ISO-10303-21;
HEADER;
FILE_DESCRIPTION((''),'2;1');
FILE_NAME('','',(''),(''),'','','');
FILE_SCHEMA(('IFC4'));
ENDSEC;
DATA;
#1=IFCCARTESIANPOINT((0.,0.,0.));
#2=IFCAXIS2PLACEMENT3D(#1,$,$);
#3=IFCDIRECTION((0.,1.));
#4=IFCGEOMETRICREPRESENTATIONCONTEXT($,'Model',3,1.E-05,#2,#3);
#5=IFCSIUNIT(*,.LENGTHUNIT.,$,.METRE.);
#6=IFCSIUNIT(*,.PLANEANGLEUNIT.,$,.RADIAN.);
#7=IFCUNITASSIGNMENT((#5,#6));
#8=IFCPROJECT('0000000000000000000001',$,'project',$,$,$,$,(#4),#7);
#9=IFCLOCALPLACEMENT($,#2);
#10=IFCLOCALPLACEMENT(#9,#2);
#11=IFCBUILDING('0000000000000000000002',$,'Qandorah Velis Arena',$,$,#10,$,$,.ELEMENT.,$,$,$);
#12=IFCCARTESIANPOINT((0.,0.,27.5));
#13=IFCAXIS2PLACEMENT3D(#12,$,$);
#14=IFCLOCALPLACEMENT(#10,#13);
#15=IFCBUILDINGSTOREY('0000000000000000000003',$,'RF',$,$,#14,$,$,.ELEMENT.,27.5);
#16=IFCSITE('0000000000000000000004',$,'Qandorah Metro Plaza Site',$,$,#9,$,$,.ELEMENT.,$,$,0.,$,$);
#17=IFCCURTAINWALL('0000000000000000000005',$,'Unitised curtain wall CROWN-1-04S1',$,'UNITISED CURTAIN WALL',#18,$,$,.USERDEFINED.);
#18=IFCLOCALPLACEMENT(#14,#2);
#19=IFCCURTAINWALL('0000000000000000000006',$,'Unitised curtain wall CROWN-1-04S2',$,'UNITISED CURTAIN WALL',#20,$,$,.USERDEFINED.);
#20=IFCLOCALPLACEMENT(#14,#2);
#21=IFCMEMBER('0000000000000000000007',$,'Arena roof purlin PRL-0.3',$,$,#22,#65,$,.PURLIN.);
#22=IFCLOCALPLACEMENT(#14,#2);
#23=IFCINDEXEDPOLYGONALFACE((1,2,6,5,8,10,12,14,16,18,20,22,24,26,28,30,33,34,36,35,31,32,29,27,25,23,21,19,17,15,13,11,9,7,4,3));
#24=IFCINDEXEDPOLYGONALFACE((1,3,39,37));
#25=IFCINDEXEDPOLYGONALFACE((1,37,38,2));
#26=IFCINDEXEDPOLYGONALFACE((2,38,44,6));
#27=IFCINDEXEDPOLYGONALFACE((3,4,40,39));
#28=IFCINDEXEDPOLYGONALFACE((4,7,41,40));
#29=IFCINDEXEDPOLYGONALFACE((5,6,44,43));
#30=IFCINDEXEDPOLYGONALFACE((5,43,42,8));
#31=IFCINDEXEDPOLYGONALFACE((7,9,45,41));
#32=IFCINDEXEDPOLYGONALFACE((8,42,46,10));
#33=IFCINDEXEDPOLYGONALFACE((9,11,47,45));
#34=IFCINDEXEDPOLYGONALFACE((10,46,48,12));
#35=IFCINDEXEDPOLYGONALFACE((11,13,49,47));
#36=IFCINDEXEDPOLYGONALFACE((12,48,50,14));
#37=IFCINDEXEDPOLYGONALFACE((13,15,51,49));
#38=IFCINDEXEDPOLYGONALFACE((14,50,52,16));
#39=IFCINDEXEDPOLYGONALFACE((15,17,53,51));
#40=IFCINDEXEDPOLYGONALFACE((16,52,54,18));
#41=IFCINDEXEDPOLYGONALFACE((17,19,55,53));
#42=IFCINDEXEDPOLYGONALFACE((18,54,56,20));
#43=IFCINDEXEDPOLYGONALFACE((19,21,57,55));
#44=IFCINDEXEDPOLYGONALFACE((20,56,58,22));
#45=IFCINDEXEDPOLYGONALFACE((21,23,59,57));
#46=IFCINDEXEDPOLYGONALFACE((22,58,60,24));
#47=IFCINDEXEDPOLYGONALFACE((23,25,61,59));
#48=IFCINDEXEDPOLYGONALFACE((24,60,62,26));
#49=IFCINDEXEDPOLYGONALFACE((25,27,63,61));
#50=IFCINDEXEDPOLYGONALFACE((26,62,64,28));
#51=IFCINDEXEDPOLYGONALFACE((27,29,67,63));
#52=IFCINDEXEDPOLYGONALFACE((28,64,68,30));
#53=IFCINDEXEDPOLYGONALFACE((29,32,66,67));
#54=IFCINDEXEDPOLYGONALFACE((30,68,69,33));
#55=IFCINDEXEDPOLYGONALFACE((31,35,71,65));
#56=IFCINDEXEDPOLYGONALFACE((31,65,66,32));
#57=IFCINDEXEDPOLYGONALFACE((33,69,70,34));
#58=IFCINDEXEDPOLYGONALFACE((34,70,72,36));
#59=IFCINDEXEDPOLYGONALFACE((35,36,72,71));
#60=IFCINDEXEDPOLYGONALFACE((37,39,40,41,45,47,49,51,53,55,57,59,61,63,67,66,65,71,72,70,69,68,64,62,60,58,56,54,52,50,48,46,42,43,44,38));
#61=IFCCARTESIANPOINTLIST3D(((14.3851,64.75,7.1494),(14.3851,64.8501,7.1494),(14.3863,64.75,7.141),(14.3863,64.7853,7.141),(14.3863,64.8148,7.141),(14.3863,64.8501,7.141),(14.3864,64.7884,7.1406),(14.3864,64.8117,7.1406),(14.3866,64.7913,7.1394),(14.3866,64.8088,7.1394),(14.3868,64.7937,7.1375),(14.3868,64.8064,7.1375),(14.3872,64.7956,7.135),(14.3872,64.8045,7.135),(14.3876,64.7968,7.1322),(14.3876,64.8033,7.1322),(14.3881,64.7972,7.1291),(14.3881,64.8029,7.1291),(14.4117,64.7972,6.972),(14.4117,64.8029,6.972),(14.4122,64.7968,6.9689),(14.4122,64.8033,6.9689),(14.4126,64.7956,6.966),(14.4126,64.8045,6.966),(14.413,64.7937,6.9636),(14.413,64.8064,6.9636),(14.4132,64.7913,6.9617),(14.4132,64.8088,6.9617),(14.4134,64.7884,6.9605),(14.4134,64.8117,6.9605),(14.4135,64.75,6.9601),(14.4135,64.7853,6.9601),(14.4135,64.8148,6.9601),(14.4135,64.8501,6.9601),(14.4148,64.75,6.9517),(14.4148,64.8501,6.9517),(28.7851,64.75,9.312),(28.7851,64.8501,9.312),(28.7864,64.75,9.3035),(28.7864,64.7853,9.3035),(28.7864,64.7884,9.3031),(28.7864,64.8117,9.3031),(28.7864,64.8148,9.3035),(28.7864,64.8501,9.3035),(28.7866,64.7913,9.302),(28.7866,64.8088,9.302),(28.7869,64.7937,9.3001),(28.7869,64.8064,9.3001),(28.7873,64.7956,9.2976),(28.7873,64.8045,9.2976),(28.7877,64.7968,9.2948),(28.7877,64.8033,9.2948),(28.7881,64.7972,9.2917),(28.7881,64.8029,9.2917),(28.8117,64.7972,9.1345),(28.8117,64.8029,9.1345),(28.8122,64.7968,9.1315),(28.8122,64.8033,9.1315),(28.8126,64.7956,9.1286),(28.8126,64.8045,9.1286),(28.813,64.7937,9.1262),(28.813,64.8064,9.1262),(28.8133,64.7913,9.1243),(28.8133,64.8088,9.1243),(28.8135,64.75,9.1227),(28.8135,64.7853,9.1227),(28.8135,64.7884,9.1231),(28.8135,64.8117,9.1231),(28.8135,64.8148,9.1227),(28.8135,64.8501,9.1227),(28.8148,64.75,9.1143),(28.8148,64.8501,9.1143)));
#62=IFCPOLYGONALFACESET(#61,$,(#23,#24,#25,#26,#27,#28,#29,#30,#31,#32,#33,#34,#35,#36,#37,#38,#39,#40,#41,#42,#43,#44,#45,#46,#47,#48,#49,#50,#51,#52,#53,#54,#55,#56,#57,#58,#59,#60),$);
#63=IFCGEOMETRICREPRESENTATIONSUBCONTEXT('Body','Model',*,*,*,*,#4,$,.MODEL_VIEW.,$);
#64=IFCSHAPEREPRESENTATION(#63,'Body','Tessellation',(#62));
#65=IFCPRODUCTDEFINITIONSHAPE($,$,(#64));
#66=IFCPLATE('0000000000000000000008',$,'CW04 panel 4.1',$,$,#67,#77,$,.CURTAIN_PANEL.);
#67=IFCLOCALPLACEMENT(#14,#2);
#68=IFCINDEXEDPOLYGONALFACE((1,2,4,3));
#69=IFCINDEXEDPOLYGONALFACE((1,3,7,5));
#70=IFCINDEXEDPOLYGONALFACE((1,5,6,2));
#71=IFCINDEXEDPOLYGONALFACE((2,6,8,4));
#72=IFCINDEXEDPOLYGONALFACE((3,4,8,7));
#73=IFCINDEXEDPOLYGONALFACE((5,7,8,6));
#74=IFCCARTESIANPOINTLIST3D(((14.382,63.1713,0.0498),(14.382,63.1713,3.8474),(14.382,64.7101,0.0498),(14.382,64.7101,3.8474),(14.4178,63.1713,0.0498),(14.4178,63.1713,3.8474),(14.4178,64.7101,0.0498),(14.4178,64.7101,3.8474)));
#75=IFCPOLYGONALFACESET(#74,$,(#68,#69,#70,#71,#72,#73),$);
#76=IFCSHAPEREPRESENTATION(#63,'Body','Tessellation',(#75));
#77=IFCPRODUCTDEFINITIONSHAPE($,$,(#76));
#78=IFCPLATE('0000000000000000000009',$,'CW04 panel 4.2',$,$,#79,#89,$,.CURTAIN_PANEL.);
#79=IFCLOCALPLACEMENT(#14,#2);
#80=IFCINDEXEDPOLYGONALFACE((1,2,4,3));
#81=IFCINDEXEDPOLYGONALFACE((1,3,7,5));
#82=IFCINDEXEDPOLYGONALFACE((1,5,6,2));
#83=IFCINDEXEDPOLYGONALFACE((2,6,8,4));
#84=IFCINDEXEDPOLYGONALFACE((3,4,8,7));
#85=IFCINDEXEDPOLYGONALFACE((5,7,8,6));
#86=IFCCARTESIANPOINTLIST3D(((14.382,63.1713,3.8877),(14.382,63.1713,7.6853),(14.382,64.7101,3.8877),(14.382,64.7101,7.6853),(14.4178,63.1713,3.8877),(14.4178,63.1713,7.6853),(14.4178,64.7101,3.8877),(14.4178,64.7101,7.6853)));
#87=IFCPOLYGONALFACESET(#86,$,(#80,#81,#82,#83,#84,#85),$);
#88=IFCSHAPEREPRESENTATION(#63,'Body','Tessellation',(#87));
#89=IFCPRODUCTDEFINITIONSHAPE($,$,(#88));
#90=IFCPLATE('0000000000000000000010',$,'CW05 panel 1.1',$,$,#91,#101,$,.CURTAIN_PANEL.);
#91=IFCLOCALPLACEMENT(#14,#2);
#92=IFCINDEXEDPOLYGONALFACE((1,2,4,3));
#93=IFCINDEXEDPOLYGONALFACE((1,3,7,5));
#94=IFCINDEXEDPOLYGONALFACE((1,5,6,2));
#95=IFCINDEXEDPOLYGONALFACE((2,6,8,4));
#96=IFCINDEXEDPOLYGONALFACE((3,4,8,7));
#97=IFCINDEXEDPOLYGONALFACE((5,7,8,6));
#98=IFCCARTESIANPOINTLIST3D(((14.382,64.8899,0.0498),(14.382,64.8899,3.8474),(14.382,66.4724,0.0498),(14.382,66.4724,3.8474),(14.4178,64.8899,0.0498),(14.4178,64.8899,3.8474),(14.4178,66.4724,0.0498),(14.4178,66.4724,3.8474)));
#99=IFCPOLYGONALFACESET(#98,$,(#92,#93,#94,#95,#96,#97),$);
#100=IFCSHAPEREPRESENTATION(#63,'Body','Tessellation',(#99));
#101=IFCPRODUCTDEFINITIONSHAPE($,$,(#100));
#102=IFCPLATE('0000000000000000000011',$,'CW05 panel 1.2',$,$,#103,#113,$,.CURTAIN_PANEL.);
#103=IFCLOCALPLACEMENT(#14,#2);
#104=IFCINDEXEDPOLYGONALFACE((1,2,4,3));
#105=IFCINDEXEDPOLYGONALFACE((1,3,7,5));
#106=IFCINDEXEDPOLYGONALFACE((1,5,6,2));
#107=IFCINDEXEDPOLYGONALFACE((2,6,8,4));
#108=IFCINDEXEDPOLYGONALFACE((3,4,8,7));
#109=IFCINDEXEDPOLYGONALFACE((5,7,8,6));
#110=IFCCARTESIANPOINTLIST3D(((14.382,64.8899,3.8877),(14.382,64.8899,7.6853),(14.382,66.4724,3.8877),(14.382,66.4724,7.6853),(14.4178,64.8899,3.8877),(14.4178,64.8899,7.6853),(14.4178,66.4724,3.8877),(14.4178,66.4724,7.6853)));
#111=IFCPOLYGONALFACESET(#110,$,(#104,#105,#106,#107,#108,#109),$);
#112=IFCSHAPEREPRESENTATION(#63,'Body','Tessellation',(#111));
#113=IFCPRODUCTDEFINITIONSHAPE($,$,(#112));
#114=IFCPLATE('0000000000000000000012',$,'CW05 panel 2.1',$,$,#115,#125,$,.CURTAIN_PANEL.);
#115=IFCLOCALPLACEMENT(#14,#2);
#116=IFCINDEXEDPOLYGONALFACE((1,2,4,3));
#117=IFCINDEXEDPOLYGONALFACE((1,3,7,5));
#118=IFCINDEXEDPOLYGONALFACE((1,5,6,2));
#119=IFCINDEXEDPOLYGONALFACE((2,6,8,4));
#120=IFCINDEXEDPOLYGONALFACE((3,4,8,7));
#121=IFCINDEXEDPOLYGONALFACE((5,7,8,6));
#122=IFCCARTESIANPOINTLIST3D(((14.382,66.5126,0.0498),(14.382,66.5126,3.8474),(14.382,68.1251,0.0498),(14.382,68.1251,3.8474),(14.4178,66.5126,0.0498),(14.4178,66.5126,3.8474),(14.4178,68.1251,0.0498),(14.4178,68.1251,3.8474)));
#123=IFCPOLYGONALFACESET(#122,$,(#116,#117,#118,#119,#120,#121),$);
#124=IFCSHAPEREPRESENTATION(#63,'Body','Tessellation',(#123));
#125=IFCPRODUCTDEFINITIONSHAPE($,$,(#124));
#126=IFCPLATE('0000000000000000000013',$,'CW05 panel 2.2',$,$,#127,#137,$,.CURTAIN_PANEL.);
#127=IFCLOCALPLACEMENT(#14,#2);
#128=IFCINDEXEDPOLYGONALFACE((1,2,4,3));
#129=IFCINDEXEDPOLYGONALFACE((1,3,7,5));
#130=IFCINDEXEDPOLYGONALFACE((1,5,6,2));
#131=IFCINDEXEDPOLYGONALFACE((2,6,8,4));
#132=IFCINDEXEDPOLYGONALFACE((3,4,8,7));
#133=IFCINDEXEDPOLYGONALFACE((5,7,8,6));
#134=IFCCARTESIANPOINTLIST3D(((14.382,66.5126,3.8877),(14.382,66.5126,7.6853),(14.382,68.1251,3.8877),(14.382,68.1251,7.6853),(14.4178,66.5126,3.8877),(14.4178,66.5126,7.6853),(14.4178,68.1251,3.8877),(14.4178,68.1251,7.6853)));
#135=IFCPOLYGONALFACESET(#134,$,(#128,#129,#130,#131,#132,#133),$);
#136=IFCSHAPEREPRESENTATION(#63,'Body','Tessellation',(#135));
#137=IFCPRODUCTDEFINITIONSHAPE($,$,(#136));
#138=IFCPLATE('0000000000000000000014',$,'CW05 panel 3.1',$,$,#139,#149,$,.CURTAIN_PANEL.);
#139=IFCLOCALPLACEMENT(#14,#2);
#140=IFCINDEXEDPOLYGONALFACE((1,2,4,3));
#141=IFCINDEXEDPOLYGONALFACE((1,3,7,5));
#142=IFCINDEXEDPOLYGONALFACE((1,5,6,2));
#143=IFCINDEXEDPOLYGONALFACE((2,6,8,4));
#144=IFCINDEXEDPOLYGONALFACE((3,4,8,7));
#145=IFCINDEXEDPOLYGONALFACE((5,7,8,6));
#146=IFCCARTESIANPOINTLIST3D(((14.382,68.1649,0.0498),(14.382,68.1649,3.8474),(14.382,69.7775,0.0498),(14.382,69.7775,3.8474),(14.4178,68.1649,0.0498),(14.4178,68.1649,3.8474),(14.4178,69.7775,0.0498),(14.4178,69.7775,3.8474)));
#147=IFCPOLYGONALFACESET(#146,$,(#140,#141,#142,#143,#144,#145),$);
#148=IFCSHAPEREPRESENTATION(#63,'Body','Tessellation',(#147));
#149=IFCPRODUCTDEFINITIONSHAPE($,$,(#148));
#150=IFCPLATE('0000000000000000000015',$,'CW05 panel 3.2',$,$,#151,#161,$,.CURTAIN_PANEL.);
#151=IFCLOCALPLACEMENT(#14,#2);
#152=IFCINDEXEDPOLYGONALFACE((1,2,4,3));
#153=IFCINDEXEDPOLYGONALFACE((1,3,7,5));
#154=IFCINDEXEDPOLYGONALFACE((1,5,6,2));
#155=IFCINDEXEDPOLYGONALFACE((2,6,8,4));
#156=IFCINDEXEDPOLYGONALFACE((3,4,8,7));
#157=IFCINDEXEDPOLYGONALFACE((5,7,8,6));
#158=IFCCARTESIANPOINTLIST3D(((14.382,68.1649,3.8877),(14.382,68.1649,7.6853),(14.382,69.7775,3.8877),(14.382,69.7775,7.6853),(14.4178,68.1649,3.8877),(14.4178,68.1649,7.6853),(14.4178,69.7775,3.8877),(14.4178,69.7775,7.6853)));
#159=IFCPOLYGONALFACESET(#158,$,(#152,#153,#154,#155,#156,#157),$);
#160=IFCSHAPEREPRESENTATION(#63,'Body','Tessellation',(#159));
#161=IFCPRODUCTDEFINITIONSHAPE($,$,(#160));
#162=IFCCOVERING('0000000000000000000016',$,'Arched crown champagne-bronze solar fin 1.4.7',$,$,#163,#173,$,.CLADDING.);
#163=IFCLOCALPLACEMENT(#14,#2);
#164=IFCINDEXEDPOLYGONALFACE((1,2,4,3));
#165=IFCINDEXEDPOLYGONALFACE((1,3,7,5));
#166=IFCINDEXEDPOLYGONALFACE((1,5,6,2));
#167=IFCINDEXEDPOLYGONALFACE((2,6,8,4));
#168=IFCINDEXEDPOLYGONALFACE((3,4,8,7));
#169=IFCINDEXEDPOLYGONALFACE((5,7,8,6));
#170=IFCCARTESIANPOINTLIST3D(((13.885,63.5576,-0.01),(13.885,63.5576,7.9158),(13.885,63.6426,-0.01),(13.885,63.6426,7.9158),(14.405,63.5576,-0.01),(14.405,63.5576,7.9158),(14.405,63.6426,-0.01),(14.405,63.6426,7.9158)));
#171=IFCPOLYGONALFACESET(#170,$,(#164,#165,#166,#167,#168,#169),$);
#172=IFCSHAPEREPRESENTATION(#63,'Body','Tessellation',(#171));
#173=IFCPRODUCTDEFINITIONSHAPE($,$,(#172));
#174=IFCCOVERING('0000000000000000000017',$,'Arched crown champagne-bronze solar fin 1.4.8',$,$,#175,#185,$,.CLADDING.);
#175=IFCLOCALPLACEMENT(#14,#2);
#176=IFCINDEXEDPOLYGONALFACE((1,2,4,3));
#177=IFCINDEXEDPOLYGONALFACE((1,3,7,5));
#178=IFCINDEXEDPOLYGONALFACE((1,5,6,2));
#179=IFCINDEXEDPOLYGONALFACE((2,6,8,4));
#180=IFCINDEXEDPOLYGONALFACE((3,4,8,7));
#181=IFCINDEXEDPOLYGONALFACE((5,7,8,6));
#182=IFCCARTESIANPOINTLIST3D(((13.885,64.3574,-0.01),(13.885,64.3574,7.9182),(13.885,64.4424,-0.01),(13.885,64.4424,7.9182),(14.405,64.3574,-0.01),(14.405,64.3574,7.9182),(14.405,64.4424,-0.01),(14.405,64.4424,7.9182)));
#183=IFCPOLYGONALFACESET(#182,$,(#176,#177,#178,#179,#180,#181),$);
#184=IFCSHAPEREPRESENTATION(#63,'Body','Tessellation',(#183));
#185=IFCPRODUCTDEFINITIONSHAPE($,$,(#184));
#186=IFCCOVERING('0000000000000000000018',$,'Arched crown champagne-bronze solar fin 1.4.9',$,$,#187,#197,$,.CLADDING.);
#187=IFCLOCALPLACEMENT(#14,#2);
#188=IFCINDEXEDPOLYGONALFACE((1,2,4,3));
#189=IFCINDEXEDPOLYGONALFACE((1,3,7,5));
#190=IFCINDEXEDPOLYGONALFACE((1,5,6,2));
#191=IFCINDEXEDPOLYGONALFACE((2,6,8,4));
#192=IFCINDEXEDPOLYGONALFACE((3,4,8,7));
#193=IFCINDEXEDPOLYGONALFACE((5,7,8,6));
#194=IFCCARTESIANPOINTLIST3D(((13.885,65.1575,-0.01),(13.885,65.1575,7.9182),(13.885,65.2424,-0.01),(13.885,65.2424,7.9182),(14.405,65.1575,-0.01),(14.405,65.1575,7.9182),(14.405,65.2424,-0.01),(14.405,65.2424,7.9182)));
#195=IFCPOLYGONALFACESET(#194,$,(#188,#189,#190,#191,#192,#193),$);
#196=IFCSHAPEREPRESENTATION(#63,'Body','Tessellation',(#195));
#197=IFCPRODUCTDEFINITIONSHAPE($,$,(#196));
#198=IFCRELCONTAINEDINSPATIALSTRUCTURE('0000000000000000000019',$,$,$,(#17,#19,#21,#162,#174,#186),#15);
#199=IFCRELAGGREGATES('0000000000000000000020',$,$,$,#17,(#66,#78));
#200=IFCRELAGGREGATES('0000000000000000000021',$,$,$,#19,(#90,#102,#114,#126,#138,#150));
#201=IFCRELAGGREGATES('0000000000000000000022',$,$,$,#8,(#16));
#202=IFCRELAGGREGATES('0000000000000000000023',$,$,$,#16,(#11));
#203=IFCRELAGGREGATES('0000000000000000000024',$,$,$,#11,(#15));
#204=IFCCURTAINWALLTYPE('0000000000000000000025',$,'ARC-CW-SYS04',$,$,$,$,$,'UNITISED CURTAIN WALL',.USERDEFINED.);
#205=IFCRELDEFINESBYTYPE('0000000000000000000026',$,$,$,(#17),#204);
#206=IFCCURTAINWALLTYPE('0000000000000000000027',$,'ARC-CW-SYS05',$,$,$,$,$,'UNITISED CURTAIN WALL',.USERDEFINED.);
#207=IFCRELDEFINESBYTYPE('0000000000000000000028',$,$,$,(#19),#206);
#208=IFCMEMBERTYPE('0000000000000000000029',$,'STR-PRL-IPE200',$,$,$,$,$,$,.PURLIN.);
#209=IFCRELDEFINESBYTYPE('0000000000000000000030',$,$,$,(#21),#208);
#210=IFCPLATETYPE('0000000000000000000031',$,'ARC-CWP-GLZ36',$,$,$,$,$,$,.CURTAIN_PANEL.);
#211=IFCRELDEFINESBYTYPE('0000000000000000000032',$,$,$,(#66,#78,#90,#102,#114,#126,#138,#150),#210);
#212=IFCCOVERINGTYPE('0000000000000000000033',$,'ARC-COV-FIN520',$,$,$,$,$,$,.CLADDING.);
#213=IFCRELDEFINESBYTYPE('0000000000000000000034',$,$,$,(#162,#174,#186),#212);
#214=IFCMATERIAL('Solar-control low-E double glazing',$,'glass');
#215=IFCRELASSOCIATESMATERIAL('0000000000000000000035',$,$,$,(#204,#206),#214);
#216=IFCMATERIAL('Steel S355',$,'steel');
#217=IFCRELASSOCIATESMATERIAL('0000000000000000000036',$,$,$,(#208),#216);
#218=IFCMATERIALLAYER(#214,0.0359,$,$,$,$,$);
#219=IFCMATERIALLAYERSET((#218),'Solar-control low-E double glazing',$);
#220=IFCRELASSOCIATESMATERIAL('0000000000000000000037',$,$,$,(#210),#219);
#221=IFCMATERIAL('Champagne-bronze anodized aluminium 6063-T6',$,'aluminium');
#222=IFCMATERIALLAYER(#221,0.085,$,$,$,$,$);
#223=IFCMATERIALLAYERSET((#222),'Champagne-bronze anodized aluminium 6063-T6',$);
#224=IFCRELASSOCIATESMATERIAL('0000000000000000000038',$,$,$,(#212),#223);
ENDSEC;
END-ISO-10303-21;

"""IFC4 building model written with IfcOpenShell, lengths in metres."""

from ifc_helpers import new_model, si_unit, direction, frame, origin, origin_2d, place, context, subcontext, project, spatial, rectangle, i_section, extrude, material, layer, layer_set, material_profile, profile_set, type_object, element, aggregate, save


model = new_model("IFC4")

# Units and contexts
model_context = context("Model", 3, precision=1e-05, world=origin(), true_north=direction((0.0, 1.0)))
body_context = subcontext(model_context, "Body", "Model", "MODEL_VIEW")
ifc_project = project(units=[si_unit("LENGTHUNIT", "METRE"), si_unit("PLANEANGLEUNIT", "RADIAN")], contexts=[model_context])

# Site, building, storey
site_placement = place(None, origin())
site = spatial("IfcSite", under=ifc_project, at=site_placement, Name="Qandorah Metro Plaza Site", CompositionType="ELEMENT", RefElevation=0.0)
building_placement = place(site_placement, origin())
building = spatial("IfcBuilding", under=site, at=building_placement, Name="Qandorah Velis Arena", CompositionType="ELEMENT")
storey_placement = place(building_placement, frame((0.0, 0.0, 27.5)))
storey = spatial("IfcBuildingStorey", under=building, at=storey_placement, Name="RF", CompositionType="ELEMENT", Elevation=27.5)

# Curtain wall
ifc_material_1 = material(Name="Solar-control low-E double glazing", Category="glass")
curtain_wall_type_1 = type_object("IfcCurtainWallType", Name="ARC-CW-SYS04", ElementType="UNITISED CURTAIN WALL", PredefinedType="USERDEFINED", material=ifc_material_1)
curtain_wall_1_placement = place(storey_placement, origin())
curtain_wall_1 = element("IfcCurtainWall", 1, at=curtain_wall_1_placement, inside=storey, type_object=curtain_wall_type_1, Name="Unitised curtain wall CROWN-1-04S1", ObjectType="UNITISED CURTAIN WALL", PredefinedType="USERDEFINED")
ifc_material_2 = material(Name="Champagne-bronze anodized aluminium 6063-T6", Category="aluminium")

# Curtain wall
curtain_wall_type_2 = type_object("IfcCurtainWallType", Name="ARC-CW-SYS05", ElementType="UNITISED CURTAIN WALL", PredefinedType="USERDEFINED", material=ifc_material_1)
curtain_wall_2_placement = place(storey_placement, origin())
curtain_wall_2 = element("IfcCurtainWall", 2, at=curtain_wall_2_placement, inside=storey, type_object=curtain_wall_type_2, Name="Unitised curtain wall CROWN-1-04S2", ObjectType="UNITISED CURTAIN WALL", PredefinedType="USERDEFINED")

# Shared definitions
ifc_material_3 = material(Name="Steel S355", Category="steel")

# Member
ifc_material_profile_1 = material_profile(ifc_material_3, i_section(OverallWidth=0.1001, OverallDepth=0.2, WebThickness=0.0056, FlangeThickness=0.0085, FilletRadius=0.012, at=origin_2d()), Name="IPE 200")
ifc_profile_set_1 = profile_set([ifc_material_profile_1], Name="Steel S355")
member_type_1 = type_object("IfcMemberType", Name="STR-PRL-IPE200", PredefinedType="PURLIN", material=ifc_profile_set_1)
member_1_placement = place(storey_placement, frame((14.3999, 64.8, 7.0505), z_axis=(0.98891, 0.0, 0.148513), x_axis=(0.0, 1.0, 0.0)))
element("IfcMember", 3, at=member_1_placement, inside=storey, type_object=member_type_1, Name="Arena roof purlin PRL-0.3", PredefinedType="PURLIN", context=body_context, shape_type="SweptSolid", body=[
    extrude(i_section(OverallWidth=0.1001, OverallDepth=0.2, WebThickness=0.0056, FlangeThickness=0.0085, FilletRadius=0.012, at=origin_2d()), origin(), (0.0, 0.0, 1.0), 14.5615),
])

# Plates
ifc_layer_1 = layer(ifc_material_1, 0.0359)
ifc_layer_set_1 = layer_set([ifc_layer_1], Name="Solar-control low-E double glazing")
plate_type = type_object("IfcPlateType", Name="ARC-CWP-GLZ36", PredefinedType="CURTAIN_PANEL", material=ifc_layer_set_1)
plate_1_placement = place(storey_placement, frame((14.3999, 63.9407, 0.0498), z_axis=(0.0, 0.0, 1.0), x_axis=(0.0, 1.0, 0.0)))
plate_1 = element("IfcPlate", 4, at=plate_1_placement, type_object=plate_type, Name="CW04 panel 4.1", PredefinedType="CURTAIN_PANEL", context=body_context, shape_type="SweptSolid", body=[
    extrude(rectangle(XDim=1.5388, YDim=0.0359, at=origin_2d()), origin(), (0.0, 0.0, 1.0), 3.7976),
])
plate_2_placement = place(storey_placement, frame((14.3999, 63.9407, 3.8877), z_axis=(0.0, 0.0, 1.0), x_axis=(0.0, 1.0, 0.0)))
plate_2 = element("IfcPlate", 5, at=plate_2_placement, type_object=plate_type, Name="CW04 panel 4.2", PredefinedType="CURTAIN_PANEL", context=body_context, shape_type="SweptSolid", body=[
    extrude(rectangle(XDim=1.5388, YDim=0.0359, at=origin_2d()), origin(), (0.0, 0.0, 1.0), 3.7976),
])
aggregate(curtain_wall_1, [plate_1, plate_2])
plate_3_placement = place(storey_placement, frame((14.3999, 65.6812, 0.0498), z_axis=(0.0, 0.0, 1.0), x_axis=(0.0, 1.0, 0.0)))
plate_3 = element("IfcPlate", 6, at=plate_3_placement, type_object=plate_type, Name="CW05 panel 1.1", PredefinedType="CURTAIN_PANEL", context=body_context, shape_type="SweptSolid", body=[
    extrude(rectangle(XDim=1.5825, YDim=0.0359, at=origin_2d()), origin(), (0.0, 0.0, 1.0), 3.7976),
])
plate_4_placement = place(storey_placement, frame((14.3999, 65.6812, 3.8877), z_axis=(0.0, 0.0, 1.0), x_axis=(0.0, 1.0, 0.0)))
plate_4 = element("IfcPlate", 7, at=plate_4_placement, type_object=plate_type, Name="CW05 panel 1.2", PredefinedType="CURTAIN_PANEL", context=body_context, shape_type="SweptSolid", body=[
    extrude(rectangle(XDim=1.5825, YDim=0.0359, at=origin_2d()), origin(), (0.0, 0.0, 1.0), 3.7976),
])
plate_5_placement = place(storey_placement, frame((14.3999, 67.3188, 0.0498), z_axis=(0.0, 0.0, 1.0), x_axis=(0.0, 1.0, 0.0)))
plate_5 = element("IfcPlate", 8, at=plate_5_placement, type_object=plate_type, Name="CW05 panel 2.1", PredefinedType="CURTAIN_PANEL", context=body_context, shape_type="SweptSolid", body=[
    extrude(rectangle(XDim=1.6125, YDim=0.0359, at=origin_2d()), origin(), (0.0, 0.0, 1.0), 3.7976),
])
plate_6_placement = place(storey_placement, frame((14.3999, 67.3188, 3.8877), z_axis=(0.0, 0.0, 1.0), x_axis=(0.0, 1.0, 0.0)))
plate_6 = element("IfcPlate", 9, at=plate_6_placement, type_object=plate_type, Name="CW05 panel 2.2", PredefinedType="CURTAIN_PANEL", context=body_context, shape_type="SweptSolid", body=[
    extrude(rectangle(XDim=1.6125, YDim=0.0359, at=origin_2d()), origin(), (0.0, 0.0, 1.0), 3.7976),
])
plate_7_placement = place(storey_placement, frame((14.3999, 68.9712, 0.0498), z_axis=(0.0, 0.0, 1.0), x_axis=(0.0, 1.0, 0.0)))
plate_7 = element("IfcPlate", 10, at=plate_7_placement, type_object=plate_type, Name="CW05 panel 3.1", PredefinedType="CURTAIN_PANEL", context=body_context, shape_type="SweptSolid", body=[
    extrude(rectangle(XDim=1.6125, YDim=0.0359, at=origin_2d()), origin(), (0.0, 0.0, 1.0), 3.7976),
])
plate_8_placement = place(storey_placement, frame((14.3999, 68.9712, 3.8877), z_axis=(0.0, 0.0, 1.0), x_axis=(0.0, 1.0, 0.0)))
plate_8 = element("IfcPlate", 11, at=plate_8_placement, type_object=plate_type, Name="CW05 panel 3.2", PredefinedType="CURTAIN_PANEL", context=body_context, shape_type="SweptSolid", body=[
    extrude(rectangle(XDim=1.6125, YDim=0.0359, at=origin_2d()), origin(), (0.0, 0.0, 1.0), 3.7976),
])
aggregate(curtain_wall_2, [plate_3, plate_4, plate_5, plate_6, plate_7, plate_8])

# Coverings
ifc_layer_2 = layer(ifc_material_2, 0.085)
ifc_layer_set_2 = layer_set([ifc_layer_2], Name="Champagne-bronze anodized aluminium 6063-T6")
covering_type = type_object("IfcCoveringType", Name="ARC-COV-FIN520", PredefinedType="CLADDING", material=ifc_layer_set_2)
covering_1_placement = place(storey_placement, frame((14.145, 63.6001, -0.01), z_axis=(0.0, 0.0, 1.0), x_axis=(1.0, 0.0, 0.0)))
element("IfcCovering", 12, at=covering_1_placement, inside=storey, type_object=covering_type, Name="Arched crown champagne-bronze solar fin 1.4.7", PredefinedType="CLADDING", context=body_context, shape_type="SweptSolid", body=[
    extrude(rectangle(XDim=0.52, YDim=0.085, at=origin_2d()), origin(), (0.0, 0.0, 1.0), 7.9258),
])
for number, where, z_axis, x_axis, name in (
    (13, (14.145, 64.3999, -0.01), (0.0, 0.0, 1.0), (1.0, 0.0, 0.0), "Arched crown champagne-bronze solar fin 1.4.8"),
    (14, (14.145, 65.2, -0.01), (0.0, 0.0, 1.0), (1.0, 0.0, 0.0), "Arched crown champagne-bronze solar fin 1.4.9"),
):
    element("IfcCovering", number, at=place(storey_placement, frame(where, z_axis=z_axis, x_axis=x_axis)), inside=storey, type_object=covering_type, Name=name, PredefinedType="CLADDING", context=body_context, shape_type="SweptSolid", body=[
        extrude(rectangle(XDim=0.52, YDim=0.085, at=origin_2d()), origin(), (0.0, 0.0, 1.0), 7.9282),
    ])

save(model, "model.ifc")
